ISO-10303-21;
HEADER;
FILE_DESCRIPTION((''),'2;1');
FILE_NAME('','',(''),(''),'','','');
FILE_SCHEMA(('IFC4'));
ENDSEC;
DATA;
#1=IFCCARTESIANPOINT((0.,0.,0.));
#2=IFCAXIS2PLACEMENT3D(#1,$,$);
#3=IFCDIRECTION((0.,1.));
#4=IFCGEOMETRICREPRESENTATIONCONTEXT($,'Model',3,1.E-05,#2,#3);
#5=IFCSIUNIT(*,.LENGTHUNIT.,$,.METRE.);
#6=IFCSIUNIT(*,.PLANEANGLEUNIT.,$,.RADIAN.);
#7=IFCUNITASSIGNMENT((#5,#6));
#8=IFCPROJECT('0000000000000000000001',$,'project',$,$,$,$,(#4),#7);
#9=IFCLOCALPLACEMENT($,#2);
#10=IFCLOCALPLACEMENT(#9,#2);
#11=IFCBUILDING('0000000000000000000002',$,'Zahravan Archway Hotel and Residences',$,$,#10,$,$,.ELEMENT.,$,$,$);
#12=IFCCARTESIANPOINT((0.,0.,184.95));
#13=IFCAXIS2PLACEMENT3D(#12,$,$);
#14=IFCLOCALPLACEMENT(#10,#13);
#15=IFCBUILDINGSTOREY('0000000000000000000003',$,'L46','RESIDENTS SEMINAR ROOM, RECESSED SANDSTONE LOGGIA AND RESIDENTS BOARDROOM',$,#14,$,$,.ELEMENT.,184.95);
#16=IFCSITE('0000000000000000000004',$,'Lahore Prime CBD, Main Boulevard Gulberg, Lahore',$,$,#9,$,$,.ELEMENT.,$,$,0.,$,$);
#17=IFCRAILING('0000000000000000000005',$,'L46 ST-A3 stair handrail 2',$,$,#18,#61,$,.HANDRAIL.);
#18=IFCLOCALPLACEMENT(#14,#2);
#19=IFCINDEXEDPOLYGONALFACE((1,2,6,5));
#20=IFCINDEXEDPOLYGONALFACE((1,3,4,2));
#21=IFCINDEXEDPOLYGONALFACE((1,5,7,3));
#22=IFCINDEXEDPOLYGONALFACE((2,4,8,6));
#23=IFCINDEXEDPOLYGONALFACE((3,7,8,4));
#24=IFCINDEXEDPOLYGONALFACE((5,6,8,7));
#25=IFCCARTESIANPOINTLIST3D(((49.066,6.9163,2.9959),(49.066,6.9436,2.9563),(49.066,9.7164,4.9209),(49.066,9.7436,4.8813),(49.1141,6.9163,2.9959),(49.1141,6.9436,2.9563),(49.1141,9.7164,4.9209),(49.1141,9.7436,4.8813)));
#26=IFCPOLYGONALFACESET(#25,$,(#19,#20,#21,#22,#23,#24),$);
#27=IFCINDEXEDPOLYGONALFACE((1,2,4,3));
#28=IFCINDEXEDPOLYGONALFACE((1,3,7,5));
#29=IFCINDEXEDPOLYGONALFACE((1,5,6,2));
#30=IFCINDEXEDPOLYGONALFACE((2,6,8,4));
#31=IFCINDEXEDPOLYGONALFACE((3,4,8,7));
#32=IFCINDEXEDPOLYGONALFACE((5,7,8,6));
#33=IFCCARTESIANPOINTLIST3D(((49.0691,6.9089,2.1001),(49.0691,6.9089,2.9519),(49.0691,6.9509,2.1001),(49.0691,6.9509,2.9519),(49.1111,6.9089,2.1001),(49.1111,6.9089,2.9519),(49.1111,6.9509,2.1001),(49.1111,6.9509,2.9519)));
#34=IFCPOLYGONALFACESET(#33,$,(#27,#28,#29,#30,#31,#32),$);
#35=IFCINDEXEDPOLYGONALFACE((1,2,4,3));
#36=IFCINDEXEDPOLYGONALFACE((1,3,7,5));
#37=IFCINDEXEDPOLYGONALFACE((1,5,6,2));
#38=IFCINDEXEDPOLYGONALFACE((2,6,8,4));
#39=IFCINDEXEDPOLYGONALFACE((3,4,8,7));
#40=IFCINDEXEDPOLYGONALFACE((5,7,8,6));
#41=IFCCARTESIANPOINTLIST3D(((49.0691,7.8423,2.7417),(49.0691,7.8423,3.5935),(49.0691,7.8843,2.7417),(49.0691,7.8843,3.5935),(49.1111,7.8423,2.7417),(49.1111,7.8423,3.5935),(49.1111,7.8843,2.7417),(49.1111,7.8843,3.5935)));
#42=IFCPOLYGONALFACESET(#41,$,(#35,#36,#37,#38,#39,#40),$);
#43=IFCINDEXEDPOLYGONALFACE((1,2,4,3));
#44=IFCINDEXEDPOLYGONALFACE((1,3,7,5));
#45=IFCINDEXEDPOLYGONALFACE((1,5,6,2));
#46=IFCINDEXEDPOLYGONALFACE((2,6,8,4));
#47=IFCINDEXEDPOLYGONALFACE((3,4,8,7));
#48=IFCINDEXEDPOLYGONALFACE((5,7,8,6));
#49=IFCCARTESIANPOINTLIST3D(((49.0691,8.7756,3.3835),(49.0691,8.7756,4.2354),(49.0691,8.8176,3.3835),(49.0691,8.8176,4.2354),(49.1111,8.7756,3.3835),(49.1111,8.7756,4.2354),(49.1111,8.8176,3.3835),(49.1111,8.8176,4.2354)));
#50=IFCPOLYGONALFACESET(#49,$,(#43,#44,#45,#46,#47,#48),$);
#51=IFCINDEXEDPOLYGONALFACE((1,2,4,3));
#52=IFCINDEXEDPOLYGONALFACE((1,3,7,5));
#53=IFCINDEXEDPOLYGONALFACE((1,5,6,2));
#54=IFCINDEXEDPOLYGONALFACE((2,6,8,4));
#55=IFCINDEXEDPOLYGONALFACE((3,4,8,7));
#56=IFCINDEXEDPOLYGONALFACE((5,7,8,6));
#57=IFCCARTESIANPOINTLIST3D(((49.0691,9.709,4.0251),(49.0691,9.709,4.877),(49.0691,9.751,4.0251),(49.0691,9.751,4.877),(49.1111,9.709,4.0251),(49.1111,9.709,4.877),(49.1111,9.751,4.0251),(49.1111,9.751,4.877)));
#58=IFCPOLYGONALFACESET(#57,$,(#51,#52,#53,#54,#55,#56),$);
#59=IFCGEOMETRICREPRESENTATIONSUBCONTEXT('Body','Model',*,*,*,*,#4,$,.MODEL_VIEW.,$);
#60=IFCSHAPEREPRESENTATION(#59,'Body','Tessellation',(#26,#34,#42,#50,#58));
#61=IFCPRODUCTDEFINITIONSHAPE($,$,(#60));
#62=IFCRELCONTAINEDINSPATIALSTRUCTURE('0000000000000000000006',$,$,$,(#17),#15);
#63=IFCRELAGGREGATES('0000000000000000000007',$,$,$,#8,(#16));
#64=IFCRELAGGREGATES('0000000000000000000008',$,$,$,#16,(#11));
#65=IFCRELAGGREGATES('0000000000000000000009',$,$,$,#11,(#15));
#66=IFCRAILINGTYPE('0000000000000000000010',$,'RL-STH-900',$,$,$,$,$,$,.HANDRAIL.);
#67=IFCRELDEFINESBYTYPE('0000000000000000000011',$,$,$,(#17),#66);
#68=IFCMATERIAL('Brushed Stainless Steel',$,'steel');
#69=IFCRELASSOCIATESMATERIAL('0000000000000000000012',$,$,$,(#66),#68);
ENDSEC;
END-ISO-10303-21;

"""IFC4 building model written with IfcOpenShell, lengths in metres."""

from ifc_helpers import new_model, si_unit, direction, frame, origin, origin_2d, place, context, subcontext, project, spatial, rectangle, extrude, material, type_object, element, save


model = new_model("IFC4")

# Units and contexts
model_context = context("Model", 3, precision=1e-05, world=origin(), true_north=direction((0.0, 1.0)))
body_context = subcontext(model_context, "Body", "Model", "MODEL_VIEW")
ifc_project = project(units=[si_unit("LENGTHUNIT", "METRE"), si_unit("PLANEANGLEUNIT", "RADIAN")], contexts=[model_context])

# Site, building, storey
site_placement = place(None, origin())
site = spatial("IfcSite", under=ifc_project, at=site_placement, Name="Lahore Prime CBD, Main Boulevard Gulberg, Lahore", CompositionType="ELEMENT", RefElevation=0.0)
building_placement = place(site_placement, origin())
building = spatial("IfcBuilding", under=site, at=building_placement, Name="Zahravan Archway Hotel and Residences", CompositionType="ELEMENT")
storey_placement = place(building_placement, frame((0.0, 0.0, 184.95)))
storey = spatial("IfcBuildingStorey", under=building, at=storey_placement, Name="L46", Description="RESIDENTS SEMINAR ROOM, RECESSED SANDSTONE LOGGIA AND RESIDENTS BOARDROOM", CompositionType="ELEMENT", Elevation=184.95)

# Railing
ifc_material_1 = material(Name="Brushed Stainless Steel", Category="steel")
railing_type_1 = type_object("IfcRailingType", Name="RL-STH-900", PredefinedType="HANDRAIL", material=ifc_material_1)
for number, where, name in (
    (1, (49.0901, 6.9299, 2.1001), "L46 ST-A3 stair handrail 2"),
):
    element("IfcRailing", number, at=place(storey_placement, frame(where)), inside=storey, type_object=railing_type_1, Name=name, PredefinedType="HANDRAIL", context=body_context, shape_type="SweptSolid", body=[
        extrude(rectangle(XDim=0.0481, YDim=0.0481, at=origin_2d()), frame((0.0, 0.0, 0.876), z_axis=(0.0, 0.82404, 0.566532), x_axis=(-1.0, 0.0, 0.0)), (0.0, 0.0, 1.0), 3.3979),
        extrude(rectangle(XDim=0.042, YDim=0.042, at=origin_2d()), origin(), (0.0, 0.0, 1.0), 0.8518),
        extrude(rectangle(XDim=0.042, YDim=0.042, at=origin_2d()), frame((0.0, 0.9333, 0.6416)), (0.0, 0.0, 1.0), 0.8518),
        extrude(rectangle(XDim=0.042, YDim=0.042, at=origin_2d()), frame((0.0, 1.8667, 1.2834)), (0.0, 0.0, 1.0), 0.8518),
        extrude(rectangle(XDim=0.042, YDim=0.042, at=origin_2d()), frame((0.0, 2.8, 1.925)), (0.0, 0.0, 1.0), 0.8518),
    ])

save(model, "model.ifc")
